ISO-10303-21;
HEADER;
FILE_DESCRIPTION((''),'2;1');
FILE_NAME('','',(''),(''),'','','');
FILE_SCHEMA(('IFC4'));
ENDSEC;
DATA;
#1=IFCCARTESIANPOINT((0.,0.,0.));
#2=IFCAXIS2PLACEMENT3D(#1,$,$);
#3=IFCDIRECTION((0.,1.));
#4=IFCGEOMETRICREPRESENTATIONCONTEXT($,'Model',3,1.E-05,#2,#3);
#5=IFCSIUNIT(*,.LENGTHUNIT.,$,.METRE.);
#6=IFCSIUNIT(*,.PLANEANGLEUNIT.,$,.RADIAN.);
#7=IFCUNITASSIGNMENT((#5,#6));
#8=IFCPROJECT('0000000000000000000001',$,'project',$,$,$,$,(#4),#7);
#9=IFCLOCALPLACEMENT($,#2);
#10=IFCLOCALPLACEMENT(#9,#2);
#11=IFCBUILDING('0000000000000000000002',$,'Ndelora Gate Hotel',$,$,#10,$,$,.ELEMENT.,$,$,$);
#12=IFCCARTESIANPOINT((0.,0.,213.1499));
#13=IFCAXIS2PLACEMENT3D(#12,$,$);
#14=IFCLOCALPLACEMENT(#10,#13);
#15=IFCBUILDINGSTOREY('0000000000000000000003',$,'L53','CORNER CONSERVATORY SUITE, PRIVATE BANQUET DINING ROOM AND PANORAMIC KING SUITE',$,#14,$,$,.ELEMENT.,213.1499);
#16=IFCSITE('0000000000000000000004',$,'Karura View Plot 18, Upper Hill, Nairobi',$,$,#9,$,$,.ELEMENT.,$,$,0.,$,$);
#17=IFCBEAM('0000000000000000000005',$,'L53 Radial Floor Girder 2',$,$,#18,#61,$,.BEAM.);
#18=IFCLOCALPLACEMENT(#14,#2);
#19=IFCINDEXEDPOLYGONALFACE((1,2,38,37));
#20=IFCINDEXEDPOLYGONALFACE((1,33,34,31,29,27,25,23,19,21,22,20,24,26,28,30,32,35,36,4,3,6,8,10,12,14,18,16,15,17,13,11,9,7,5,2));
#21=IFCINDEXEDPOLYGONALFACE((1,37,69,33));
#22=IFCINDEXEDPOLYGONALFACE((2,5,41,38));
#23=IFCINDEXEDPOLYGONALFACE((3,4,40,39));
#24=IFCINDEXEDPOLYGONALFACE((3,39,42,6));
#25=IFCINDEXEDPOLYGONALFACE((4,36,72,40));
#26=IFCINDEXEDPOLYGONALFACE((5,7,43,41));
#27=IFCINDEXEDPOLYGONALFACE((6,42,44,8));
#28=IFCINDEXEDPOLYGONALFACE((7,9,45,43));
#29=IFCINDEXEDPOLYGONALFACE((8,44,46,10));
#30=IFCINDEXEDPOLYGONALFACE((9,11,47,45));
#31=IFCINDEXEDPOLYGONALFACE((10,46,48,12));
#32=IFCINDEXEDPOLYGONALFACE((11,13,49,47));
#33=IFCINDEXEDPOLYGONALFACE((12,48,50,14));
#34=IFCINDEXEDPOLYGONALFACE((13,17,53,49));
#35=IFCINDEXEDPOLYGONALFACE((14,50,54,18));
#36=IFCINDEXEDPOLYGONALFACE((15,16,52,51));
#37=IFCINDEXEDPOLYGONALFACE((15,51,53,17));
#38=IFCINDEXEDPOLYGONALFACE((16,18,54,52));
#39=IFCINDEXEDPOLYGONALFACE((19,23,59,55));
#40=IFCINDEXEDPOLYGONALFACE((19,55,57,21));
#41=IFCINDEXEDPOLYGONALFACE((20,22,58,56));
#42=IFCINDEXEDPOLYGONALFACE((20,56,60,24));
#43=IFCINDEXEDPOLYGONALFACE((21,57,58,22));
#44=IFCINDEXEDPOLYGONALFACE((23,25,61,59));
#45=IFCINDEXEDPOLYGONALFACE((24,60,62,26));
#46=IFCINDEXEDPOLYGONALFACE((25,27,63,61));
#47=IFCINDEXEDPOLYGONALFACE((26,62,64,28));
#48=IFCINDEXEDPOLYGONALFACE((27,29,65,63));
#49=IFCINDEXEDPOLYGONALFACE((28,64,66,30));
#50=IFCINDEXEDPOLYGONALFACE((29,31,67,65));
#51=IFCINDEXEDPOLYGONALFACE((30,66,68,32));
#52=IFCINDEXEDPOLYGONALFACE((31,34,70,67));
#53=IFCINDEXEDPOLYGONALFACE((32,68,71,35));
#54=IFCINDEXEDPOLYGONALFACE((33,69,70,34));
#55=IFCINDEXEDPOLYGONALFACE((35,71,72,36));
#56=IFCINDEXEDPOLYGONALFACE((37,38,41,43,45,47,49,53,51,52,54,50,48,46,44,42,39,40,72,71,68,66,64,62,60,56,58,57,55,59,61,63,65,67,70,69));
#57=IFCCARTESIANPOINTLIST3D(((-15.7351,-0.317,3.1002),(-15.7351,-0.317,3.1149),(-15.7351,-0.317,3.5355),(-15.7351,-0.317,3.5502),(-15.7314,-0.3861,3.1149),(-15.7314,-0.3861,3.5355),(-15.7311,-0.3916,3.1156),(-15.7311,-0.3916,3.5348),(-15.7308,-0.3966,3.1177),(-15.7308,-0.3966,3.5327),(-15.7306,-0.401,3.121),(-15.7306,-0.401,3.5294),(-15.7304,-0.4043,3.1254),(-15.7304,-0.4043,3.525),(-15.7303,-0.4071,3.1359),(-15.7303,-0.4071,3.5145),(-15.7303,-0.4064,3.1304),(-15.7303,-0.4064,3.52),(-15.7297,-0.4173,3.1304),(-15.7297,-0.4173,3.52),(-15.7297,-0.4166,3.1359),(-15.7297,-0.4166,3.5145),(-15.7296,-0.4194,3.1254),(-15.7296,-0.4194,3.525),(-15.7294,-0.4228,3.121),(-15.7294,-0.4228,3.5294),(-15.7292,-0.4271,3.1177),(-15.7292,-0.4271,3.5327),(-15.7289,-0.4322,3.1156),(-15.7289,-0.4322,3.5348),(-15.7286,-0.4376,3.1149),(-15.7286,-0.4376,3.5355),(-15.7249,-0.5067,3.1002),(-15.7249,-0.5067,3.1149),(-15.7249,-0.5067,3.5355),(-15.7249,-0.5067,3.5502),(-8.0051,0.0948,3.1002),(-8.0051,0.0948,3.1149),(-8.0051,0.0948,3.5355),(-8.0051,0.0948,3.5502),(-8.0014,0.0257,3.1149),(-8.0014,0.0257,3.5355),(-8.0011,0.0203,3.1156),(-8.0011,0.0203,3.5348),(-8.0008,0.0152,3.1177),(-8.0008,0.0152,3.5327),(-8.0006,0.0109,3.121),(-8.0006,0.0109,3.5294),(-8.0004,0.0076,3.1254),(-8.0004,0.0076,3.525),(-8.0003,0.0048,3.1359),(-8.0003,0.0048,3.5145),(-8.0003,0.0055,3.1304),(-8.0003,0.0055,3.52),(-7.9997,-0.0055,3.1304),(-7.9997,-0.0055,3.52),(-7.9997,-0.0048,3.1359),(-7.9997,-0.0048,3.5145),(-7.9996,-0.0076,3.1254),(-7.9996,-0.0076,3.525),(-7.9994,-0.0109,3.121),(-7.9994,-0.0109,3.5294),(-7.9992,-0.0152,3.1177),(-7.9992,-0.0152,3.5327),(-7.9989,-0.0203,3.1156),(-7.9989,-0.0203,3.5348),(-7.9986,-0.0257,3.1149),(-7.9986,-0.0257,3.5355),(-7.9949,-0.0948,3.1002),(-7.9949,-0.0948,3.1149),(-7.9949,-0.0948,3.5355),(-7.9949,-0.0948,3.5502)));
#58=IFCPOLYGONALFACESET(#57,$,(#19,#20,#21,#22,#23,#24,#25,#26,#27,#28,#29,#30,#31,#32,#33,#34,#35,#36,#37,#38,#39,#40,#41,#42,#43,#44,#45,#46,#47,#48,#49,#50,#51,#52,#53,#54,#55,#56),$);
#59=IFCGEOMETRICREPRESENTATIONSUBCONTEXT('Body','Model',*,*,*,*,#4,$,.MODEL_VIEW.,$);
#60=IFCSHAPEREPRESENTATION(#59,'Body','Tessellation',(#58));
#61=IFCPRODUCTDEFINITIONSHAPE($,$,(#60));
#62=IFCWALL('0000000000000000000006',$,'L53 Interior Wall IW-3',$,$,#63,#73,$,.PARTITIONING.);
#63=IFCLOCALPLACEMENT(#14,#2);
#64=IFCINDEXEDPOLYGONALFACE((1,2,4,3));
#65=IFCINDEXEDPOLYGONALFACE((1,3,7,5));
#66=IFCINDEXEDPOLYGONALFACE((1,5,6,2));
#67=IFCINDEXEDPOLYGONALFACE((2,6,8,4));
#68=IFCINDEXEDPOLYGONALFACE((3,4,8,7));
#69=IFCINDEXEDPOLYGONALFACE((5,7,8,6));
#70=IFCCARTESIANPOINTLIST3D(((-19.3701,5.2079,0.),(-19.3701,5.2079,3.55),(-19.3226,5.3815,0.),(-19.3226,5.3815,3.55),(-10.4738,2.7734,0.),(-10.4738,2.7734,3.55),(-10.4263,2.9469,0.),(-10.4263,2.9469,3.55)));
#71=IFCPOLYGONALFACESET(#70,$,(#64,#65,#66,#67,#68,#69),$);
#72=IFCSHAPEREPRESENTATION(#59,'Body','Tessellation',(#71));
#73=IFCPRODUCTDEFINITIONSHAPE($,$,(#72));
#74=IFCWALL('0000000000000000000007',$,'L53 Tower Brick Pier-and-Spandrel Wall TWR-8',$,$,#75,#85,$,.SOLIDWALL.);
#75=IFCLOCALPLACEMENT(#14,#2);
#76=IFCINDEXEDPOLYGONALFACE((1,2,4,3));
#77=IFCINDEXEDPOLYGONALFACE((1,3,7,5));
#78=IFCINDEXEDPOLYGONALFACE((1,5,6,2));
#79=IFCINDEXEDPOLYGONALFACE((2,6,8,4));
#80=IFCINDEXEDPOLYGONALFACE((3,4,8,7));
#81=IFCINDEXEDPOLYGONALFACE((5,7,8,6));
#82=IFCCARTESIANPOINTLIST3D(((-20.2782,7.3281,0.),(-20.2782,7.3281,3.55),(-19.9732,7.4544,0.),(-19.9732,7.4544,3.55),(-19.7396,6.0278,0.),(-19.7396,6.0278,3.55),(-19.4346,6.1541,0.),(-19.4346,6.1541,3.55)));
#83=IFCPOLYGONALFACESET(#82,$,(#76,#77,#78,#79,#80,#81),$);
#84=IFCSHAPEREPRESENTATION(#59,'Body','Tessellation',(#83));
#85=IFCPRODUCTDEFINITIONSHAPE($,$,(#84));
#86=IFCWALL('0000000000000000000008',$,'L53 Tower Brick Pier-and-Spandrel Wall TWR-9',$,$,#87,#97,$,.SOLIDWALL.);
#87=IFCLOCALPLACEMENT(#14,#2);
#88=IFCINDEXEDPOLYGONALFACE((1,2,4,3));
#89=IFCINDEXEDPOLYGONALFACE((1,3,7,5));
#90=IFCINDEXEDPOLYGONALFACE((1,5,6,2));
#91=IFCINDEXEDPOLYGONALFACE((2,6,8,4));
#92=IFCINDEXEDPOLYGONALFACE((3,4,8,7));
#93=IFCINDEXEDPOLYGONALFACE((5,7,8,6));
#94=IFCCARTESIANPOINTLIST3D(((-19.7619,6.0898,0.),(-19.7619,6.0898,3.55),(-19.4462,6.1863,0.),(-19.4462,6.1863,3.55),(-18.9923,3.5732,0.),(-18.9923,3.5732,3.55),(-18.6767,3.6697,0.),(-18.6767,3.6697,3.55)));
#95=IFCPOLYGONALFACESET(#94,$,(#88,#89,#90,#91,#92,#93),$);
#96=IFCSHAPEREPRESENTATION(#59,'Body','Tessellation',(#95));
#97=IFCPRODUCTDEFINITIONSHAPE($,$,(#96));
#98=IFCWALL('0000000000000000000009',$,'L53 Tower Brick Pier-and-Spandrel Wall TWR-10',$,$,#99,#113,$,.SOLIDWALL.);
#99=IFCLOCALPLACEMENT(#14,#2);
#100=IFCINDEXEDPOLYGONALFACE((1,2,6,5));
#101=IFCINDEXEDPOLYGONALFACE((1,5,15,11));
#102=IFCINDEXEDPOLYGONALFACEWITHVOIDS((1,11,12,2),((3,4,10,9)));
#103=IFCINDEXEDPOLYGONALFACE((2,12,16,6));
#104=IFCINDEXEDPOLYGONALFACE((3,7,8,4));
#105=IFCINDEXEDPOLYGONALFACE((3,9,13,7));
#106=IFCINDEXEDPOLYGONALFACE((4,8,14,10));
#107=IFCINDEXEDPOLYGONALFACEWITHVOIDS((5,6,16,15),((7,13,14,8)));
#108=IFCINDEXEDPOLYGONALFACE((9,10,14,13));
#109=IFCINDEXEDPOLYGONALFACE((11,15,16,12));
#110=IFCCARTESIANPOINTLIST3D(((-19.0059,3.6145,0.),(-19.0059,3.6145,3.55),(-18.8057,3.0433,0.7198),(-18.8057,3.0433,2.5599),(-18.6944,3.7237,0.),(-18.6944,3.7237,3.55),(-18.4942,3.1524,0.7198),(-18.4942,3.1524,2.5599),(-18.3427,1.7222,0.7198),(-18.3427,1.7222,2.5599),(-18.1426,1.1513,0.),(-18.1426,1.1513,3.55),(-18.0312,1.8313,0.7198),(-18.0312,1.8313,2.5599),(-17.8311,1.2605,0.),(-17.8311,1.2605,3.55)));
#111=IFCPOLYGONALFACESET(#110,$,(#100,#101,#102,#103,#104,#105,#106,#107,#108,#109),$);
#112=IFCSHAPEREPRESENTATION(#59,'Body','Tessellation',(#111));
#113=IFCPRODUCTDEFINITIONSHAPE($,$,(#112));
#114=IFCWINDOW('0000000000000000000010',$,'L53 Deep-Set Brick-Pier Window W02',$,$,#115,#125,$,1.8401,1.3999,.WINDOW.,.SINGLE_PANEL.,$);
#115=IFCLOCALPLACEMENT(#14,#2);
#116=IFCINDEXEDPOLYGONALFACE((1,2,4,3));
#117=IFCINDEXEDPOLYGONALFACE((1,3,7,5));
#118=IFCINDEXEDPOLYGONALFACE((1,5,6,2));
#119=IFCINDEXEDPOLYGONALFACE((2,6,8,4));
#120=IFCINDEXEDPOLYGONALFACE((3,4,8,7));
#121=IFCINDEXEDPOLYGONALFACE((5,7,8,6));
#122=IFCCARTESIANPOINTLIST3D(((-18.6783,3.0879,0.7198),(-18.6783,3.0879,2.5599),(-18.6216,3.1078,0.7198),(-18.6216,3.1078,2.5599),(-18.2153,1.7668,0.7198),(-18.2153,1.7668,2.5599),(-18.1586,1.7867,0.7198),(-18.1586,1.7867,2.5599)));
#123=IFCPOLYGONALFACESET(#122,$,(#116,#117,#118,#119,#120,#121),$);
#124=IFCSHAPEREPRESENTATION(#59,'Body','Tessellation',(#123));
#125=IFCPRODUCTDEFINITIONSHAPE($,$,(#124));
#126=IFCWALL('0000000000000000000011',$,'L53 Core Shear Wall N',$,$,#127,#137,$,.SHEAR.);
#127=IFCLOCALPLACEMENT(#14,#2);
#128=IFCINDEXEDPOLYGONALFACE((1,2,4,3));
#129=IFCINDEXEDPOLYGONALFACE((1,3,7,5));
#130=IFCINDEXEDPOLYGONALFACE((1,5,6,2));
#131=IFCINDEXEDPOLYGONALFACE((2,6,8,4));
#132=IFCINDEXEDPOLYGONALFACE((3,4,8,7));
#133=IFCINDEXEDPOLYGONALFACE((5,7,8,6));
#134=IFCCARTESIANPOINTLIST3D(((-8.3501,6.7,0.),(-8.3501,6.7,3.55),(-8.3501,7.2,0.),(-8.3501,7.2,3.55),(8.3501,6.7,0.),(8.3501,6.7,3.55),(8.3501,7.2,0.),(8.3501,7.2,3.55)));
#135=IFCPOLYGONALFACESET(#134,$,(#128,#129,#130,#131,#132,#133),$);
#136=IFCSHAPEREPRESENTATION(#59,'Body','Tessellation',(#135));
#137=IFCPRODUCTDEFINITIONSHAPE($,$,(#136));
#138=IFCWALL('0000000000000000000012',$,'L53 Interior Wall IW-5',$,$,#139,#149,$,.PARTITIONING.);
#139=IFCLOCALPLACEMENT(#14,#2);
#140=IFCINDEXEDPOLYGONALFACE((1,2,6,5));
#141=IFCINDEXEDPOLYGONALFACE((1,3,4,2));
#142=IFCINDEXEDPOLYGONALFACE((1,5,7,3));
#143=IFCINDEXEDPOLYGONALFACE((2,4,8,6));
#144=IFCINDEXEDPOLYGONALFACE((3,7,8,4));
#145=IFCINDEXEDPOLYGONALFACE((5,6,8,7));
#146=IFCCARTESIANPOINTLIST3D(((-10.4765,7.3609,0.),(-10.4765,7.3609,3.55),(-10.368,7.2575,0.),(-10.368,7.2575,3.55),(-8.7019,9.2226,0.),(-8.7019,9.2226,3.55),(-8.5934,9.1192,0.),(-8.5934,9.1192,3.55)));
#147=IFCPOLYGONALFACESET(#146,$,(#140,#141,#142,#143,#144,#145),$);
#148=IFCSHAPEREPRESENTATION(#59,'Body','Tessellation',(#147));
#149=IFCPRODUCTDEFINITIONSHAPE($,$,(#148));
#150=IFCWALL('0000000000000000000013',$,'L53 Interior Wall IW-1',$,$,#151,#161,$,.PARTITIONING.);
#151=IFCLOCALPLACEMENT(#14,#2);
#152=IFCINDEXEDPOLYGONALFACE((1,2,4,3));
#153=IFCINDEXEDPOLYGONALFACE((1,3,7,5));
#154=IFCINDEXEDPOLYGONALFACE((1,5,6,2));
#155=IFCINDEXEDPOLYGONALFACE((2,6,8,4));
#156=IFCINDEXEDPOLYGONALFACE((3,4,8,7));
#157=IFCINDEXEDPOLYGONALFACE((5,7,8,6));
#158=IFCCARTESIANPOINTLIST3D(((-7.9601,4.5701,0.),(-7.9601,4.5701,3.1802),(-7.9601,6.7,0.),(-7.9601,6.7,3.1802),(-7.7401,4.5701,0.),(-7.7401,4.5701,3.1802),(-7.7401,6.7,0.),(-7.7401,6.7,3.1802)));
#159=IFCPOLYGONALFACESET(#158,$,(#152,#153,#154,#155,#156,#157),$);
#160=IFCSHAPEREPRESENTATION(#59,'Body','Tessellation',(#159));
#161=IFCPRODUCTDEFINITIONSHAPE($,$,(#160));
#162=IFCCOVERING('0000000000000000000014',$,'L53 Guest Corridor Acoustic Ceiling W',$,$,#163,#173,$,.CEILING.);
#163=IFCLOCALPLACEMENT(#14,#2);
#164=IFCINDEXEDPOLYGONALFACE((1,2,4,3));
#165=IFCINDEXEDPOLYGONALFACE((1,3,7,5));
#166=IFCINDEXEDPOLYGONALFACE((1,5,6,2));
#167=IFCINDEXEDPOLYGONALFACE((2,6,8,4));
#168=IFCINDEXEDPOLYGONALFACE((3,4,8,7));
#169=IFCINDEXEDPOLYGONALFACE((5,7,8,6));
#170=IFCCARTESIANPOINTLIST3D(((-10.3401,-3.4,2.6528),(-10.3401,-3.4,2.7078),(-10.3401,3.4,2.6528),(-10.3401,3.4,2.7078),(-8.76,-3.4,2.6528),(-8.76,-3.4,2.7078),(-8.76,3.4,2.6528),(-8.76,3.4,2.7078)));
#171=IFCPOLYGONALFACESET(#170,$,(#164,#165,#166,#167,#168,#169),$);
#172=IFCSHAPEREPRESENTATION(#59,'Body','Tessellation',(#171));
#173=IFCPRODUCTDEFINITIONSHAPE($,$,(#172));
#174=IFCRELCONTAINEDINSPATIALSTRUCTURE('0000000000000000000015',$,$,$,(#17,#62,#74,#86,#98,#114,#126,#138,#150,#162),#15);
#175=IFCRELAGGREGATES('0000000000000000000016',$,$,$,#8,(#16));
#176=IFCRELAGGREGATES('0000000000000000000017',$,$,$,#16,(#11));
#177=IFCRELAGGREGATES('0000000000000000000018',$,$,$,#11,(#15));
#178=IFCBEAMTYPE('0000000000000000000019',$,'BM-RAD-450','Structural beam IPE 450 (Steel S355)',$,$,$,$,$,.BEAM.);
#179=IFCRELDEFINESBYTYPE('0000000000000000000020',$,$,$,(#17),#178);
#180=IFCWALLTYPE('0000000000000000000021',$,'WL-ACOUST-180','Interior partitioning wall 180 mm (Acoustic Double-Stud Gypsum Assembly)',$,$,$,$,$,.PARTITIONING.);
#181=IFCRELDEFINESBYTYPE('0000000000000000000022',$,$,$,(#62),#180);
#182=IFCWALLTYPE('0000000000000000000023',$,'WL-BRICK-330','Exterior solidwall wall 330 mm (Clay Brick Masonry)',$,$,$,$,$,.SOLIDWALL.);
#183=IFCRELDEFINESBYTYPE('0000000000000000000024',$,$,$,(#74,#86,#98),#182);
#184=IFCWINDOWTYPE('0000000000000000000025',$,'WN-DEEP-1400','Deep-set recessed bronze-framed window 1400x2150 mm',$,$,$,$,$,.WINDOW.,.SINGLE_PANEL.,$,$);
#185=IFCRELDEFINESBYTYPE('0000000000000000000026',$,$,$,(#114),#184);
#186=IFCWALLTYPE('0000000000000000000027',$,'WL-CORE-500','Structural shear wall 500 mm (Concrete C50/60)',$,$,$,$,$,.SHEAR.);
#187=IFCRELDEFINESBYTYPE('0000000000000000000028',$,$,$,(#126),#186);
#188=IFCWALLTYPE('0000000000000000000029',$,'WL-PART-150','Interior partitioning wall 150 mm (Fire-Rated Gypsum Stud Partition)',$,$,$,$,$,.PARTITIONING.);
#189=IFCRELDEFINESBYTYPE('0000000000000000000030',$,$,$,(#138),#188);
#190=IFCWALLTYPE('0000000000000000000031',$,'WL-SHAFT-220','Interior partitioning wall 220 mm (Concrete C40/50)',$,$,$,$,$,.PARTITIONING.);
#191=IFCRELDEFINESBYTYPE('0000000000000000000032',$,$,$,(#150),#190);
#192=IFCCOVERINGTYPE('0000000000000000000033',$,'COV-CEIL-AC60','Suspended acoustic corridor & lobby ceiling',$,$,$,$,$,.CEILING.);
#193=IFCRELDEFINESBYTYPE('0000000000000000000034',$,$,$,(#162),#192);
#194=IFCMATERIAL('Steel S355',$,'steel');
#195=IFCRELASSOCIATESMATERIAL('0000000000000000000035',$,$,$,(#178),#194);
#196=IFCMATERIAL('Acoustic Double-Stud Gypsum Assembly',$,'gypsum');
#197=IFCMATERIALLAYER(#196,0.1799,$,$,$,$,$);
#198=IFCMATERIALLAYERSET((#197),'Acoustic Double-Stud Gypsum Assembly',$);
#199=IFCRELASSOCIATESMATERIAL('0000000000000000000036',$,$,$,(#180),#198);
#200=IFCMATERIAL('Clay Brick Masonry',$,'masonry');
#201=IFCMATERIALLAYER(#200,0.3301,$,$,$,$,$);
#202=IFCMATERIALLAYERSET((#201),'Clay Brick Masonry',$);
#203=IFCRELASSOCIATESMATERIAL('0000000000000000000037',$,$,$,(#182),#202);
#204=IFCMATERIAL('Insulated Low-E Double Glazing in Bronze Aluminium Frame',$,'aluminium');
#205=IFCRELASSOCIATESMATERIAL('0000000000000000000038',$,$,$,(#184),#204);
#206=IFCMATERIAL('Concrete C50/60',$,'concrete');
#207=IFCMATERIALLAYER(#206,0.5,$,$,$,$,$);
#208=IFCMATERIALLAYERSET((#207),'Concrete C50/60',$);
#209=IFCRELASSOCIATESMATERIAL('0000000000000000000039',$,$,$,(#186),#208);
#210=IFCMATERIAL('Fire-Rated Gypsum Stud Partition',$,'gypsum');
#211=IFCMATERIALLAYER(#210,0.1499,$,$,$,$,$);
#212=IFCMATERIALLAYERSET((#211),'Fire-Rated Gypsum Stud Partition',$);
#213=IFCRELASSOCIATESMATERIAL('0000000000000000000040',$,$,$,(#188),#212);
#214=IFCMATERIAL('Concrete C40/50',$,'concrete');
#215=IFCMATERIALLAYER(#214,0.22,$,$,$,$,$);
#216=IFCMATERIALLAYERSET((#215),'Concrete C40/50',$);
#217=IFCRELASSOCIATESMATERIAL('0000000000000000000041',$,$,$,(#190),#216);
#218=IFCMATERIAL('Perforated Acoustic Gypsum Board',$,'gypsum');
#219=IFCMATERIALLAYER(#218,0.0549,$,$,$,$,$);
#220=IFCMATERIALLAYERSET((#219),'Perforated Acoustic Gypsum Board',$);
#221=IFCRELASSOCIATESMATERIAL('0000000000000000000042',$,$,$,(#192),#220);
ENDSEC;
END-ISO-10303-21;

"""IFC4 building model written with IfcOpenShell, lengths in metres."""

from ifc_helpers import new_model, si_unit, direction, frame, frame_2d, origin, origin_2d, place, context, subcontext, project, spatial, rectangle, i_section, extrude, material, layer, layer_set, material_profile, profile_set, type_object, element, fill, save


model = new_model("IFC4")

# Units and contexts
model_context = context("Model", 3, precision=1e-05, world=origin(), true_north=direction((0.0, 1.0)))
body_context = subcontext(model_context, "Body", "Model", "MODEL_VIEW")
ifc_project = project(units=[si_unit("LENGTHUNIT", "METRE"), si_unit("PLANEANGLEUNIT", "RADIAN")], contexts=[model_context])

# Site, building, storey
site_placement = place(None, origin())
site = spatial("IfcSite", under=ifc_project, at=site_placement, Name="Karura View Plot 18, Upper Hill, Nairobi", CompositionType="ELEMENT", RefElevation=0.0)
building_placement = place(site_placement, origin())
building = spatial("IfcBuilding", under=site, at=building_placement, Name="Ndelora Gate Hotel", CompositionType="ELEMENT")
storey_placement = place(building_placement, frame((0.0, 0.0, 213.1499)))
storey = spatial("IfcBuildingStorey", under=building, at=storey_placement, Name="L53", Description="CORNER CONSERVATORY SUITE, PRIVATE BANQUET DINING ROOM AND PANORAMIC KING SUITE", CompositionType="ELEMENT", Elevation=213.1499)

# Shared definitions
ifc_material_1 = material(Name="Concrete C50/60", Category="concrete")

# Beam
ifc_material_2 = material(Name="Steel S355", Category="steel")
ifc_material_profile_1 = material_profile(ifc_material_2, i_section(OverallWidth=0.1899, OverallDepth=0.45, WebThickness=0.0095, FlangeThickness=0.0146, FilletRadius=0.021, at=origin_2d()), Name="IPE 450")
ifc_profile_set_1 = profile_set([ifc_material_profile_1], Name="Steel S355")
beam_type_1 = type_object("IfcBeamType", Name="BM-RAD-450", Description="Structural beam IPE 450 (Steel S355)", PredefinedType="BEAM", material=ifc_profile_set_1)
beam_1_placement = place(storey_placement, frame((-8.0, 0.0, 3.3252), z_axis=(-0.998584, -0.053206, 0.0), x_axis=(0.053206, -0.998584, 0.0)))
element("IfcBeam", 1, at=beam_1_placement, inside=storey, type_object=beam_type_1, Name="L53 Radial Floor Girder 2", PredefinedType="BEAM", context=body_context, shape_type="SweptSolid", body=[
    extrude(i_section(OverallWidth=0.1899, OverallDepth=0.45, WebThickness=0.0095, FlangeThickness=0.0146, FilletRadius=0.021, at=origin_2d()), origin(), (0.0, 0.0, 1.0), 7.741),
])

# Walls
ifc_material_3 = material(Name="Acoustic Double-Stud Gypsum Assembly", Category="gypsum")
ifc_layer_1 = layer(ifc_material_3, 0.1799)
ifc_layer_set_1 = layer_set([ifc_layer_1], Name="Acoustic Double-Stud Gypsum Assembly")
wall_type_1 = type_object("IfcWallType", Name="WL-ACOUST-180", Description="Interior partitioning wall 180 mm (Acoustic Double-Stud Gypsum Assembly)", PredefinedType="PARTITIONING", material=ifc_layer_set_1)
wall_1_placement = place(storey_placement, frame((-10.45, 2.8601, 0.0), z_axis=(0.0, 0.0, 1.0), x_axis=(-0.964534, 0.263957, 0.0)))
element("IfcWall", 2, at=wall_1_placement, inside=storey, type_object=wall_type_1, Name="L53 Interior Wall IW-3", PredefinedType="PARTITIONING", context=body_context, shape_type="SweptSolid", body=[
    extrude(rectangle(XDim=9.2234, YDim=0.1799, at=frame_2d((4.6118, 0.0))), origin(), (0.0, 0.0, 1.0), 3.55),
])
ifc_material_4 = material(Name="Clay Brick Masonry", Category="masonry")
ifc_layer_2 = layer(ifc_material_4, 0.3301)
ifc_layer_set_2 = layer_set([ifc_layer_2], Name="Clay Brick Masonry")
wall_type_2 = type_object("IfcWallType", Name="WL-BRICK-330", Description="Exterior solidwall wall 330 mm (Clay Brick Masonry)", PredefinedType="SOLIDWALL", material=ifc_layer_set_2)
wall_2_placement = place(storey_placement, frame((-19.5872, 6.0911, 0.0), z_axis=(0.0, 0.0, 1.0), x_axis=(-0.382668, 0.923886, 0.0)))
element("IfcWall", 3, at=wall_2_placement, inside=storey, type_object=wall_type_2, Name="L53 Tower Brick Pier-and-Spandrel Wall TWR-8", PredefinedType="SOLIDWALL", context=body_context, shape_type="SweptSolid", body=[
    extrude(rectangle(XDim=1.4075, YDim=0.3301, at=frame_2d((0.7036, 0.0))), origin(), (0.0, 0.0, 1.0), 3.55),
])
wall_3_placement = place(storey_placement, frame((-18.8345, 3.6213, 0.0), z_axis=(0.0, 0.0, 1.0), x_axis=(-0.292417, 0.956291, 0.0)))
element("IfcWall", 4, at=wall_3_placement, inside=storey, type_object=wall_type_2, Name="L53 Tower Brick Pier-and-Spandrel Wall TWR-9", PredefinedType="SOLIDWALL", context=body_context, shape_type="SweptSolid", body=[
    extrude(rectangle(XDim=2.6316, YDim=0.3301, at=frame_2d((1.3159, 0.0))), origin(), (0.0, 0.0, 1.0), 3.55),
])

# Wall, opening, window
wall_4_placement = place(storey_placement, frame((-17.9868, 1.2058, 0.0), z_axis=(0.0, 0.0, 1.0), x_axis=(-0.330755, 0.943717, 0.0)))
wall_4 = element("IfcWall", 5, at=wall_4_placement, inside=storey, type_object=wall_type_2, Name="L53 Tower Brick Pier-and-Spandrel Wall TWR-10", PredefinedType="SOLIDWALL", context=body_context, shape_type="SweptSolid", body=[
    extrude(rectangle(XDim=2.6101, YDim=0.3301, at=frame_2d((1.3052, 0.0))), origin(), (0.0, 0.0, 1.0), 3.55),
])
opening_1_placement = place(wall_4_placement, frame((0.605, 0.0, 0.72)))
opening_1 = element("IfcOpeningElement", 6, at=opening_1_placement, cuts=wall_4, PredefinedType="OPENING", context=body_context, shape_type="SweptSolid", body=[
    extrude(rectangle(XDim=1.3999, YDim=1.8401, at=frame_2d((0.7, 0.9199))), frame((0.0, 0.175, 0.0), z_axis=(0.0, -1.0, 0.0), x_axis=(1.0, 0.0, 0.0)), (0.0, 0.0, 1.0), 0.3501),
])
ifc_material_5 = material(Name="Insulated Low-E Double Glazing in Bronze Aluminium Frame", Category="aluminium")
window_type = type_object("IfcWindowType", Name="WN-DEEP-1400", Description="Deep-set recessed bronze-framed window 1400x2150 mm", PartitioningType="SINGLE_PANEL", PredefinedType="WINDOW", material=ifc_material_5)
window_placement = place(opening_1_placement, origin())
window = element("IfcWindow", 7, at=window_placement, inside=storey, type_object=window_type, Name="L53 Deep-Set Brick-Pier Window W02", OverallHeight=1.8401, OverallWidth=1.3999, PartitioningType="SINGLE_PANEL", PredefinedType="WINDOW", context=body_context, shape_type="SweptSolid", body=[
    extrude(rectangle(XDim=1.3999, YDim=1.8401, at=frame_2d((0.7, 0.9199))), frame((0.0, 0.03, 0.0), z_axis=(0.0, -1.0, 0.0), x_axis=(1.0, 0.0, 0.0)), (0.0, 0.0, 1.0), 0.0601),
])
fill(opening_1, window)

# Wall
ifc_layer_3 = layer(ifc_material_1, 0.5)
ifc_layer_set_3 = layer_set([ifc_layer_3], Name="Concrete C50/60")
wall_type_3 = type_object("IfcWallType", Name="WL-CORE-500", Description="Structural shear wall 500 mm (Concrete C50/60)", PredefinedType="SHEAR", material=ifc_layer_set_3)
wall_5_placement = place(storey_placement, frame((-8.3501, 6.95, 0.0), z_axis=(0.0, 0.0, 1.0), x_axis=(1.0, 0.0, 0.0)))
element("IfcWall", 8, at=wall_5_placement, inside=storey, type_object=wall_type_3, Name="L53 Core Shear Wall N", PredefinedType="SHEAR", context=body_context, shape_type="SweptSolid", body=[
    extrude(rectangle(XDim=16.7002, YDim=0.5, at=frame_2d((8.3501, 0.0))), origin(), (0.0, 0.0, 1.0), 3.55),
])

# Shared definitions
ifc_material_6 = material(Name="Concrete C40/50", Category="concrete")

# Wall
ifc_material_7 = material(Name="Fire-Rated Gypsum Stud Partition", Category="gypsum")
ifc_layer_4 = layer(ifc_material_7, 0.1499)
ifc_layer_set_4 = layer_set([ifc_layer_4], Name="Fire-Rated Gypsum Stud Partition")
wall_type_4 = type_object("IfcWallType", Name="WL-PART-150", Description="Interior partitioning wall 150 mm (Fire-Rated Gypsum Stud Partition)", PredefinedType="PARTITIONING", material=ifc_layer_set_4)
wall_6_placement = place(storey_placement, frame((-10.4224, 7.3091, 0.0), z_axis=(0.0, 0.0, 1.0), x_axis=(0.689961, 0.723847, 0.0)))
element("IfcWall", 9, at=wall_6_placement, inside=storey, type_object=wall_type_4, Name="L53 Interior Wall IW-5", PredefinedType="PARTITIONING", context=body_context, shape_type="SweptSolid", body=[
    extrude(rectangle(XDim=2.572, YDim=0.1499, at=frame_2d((1.2861, 0.0))), origin(), (0.0, 0.0, 1.0), 3.55),
])

# Shared definitions
ifc_layer_5 = layer(ifc_material_6, 0.22)
ifc_layer_set_5 = layer_set([ifc_layer_5], Name="Concrete C40/50")
wall_type_5 = type_object("IfcWallType", Name="WL-SHAFT-220", Description="Interior partitioning wall 220 mm (Concrete C40/50)", PredefinedType="PARTITIONING", material=ifc_layer_set_5)

# Wall
wall_7_placement = place(storey_placement, frame((-7.8501, 4.5701, 0.0), z_axis=(0.0, 0.0, 1.0), x_axis=(0.0, 1.0, 0.0)))
element("IfcWall", 10, at=wall_7_placement, inside=storey, type_object=wall_type_5, Name="L53 Interior Wall IW-1", PredefinedType="PARTITIONING", context=body_context, shape_type="SweptSolid", body=[
    extrude(rectangle(XDim=2.1299, YDim=0.22, at=frame_2d((1.0649, 0.0))), origin(), (0.0, 0.0, 1.0), 3.1802),
])

# Covering
ifc_material_8 = material(Name="Perforated Acoustic Gypsum Board", Category="gypsum")
ifc_layer_6 = layer(ifc_material_8, 0.0549)
ifc_layer_set_6 = layer_set([ifc_layer_6], Name="Perforated Acoustic Gypsum Board")
covering_type_1 = type_object("IfcCoveringType", Name="COV-CEIL-AC60", Description="Suspended acoustic corridor & lobby ceiling", PredefinedType="CEILING", material=ifc_layer_set_6)
covering_1_placement = place(storey_placement, frame((-9.55, 0.0, 2.6528), z_axis=(0.0, 0.0, 1.0), x_axis=(1.0, 0.0, 0.0)))
element("IfcCovering", 11, at=covering_1_placement, inside=storey, type_object=covering_type_1, Name="L53 Guest Corridor Acoustic Ceiling W", PredefinedType="CEILING", context=body_context, shape_type="SweptSolid", body=[
    extrude(rectangle(XDim=1.5801, YDim=6.8, at=origin_2d()), origin(), (0.0, 0.0, 1.0), 0.0549),
])

save(model, "model.ifc")
